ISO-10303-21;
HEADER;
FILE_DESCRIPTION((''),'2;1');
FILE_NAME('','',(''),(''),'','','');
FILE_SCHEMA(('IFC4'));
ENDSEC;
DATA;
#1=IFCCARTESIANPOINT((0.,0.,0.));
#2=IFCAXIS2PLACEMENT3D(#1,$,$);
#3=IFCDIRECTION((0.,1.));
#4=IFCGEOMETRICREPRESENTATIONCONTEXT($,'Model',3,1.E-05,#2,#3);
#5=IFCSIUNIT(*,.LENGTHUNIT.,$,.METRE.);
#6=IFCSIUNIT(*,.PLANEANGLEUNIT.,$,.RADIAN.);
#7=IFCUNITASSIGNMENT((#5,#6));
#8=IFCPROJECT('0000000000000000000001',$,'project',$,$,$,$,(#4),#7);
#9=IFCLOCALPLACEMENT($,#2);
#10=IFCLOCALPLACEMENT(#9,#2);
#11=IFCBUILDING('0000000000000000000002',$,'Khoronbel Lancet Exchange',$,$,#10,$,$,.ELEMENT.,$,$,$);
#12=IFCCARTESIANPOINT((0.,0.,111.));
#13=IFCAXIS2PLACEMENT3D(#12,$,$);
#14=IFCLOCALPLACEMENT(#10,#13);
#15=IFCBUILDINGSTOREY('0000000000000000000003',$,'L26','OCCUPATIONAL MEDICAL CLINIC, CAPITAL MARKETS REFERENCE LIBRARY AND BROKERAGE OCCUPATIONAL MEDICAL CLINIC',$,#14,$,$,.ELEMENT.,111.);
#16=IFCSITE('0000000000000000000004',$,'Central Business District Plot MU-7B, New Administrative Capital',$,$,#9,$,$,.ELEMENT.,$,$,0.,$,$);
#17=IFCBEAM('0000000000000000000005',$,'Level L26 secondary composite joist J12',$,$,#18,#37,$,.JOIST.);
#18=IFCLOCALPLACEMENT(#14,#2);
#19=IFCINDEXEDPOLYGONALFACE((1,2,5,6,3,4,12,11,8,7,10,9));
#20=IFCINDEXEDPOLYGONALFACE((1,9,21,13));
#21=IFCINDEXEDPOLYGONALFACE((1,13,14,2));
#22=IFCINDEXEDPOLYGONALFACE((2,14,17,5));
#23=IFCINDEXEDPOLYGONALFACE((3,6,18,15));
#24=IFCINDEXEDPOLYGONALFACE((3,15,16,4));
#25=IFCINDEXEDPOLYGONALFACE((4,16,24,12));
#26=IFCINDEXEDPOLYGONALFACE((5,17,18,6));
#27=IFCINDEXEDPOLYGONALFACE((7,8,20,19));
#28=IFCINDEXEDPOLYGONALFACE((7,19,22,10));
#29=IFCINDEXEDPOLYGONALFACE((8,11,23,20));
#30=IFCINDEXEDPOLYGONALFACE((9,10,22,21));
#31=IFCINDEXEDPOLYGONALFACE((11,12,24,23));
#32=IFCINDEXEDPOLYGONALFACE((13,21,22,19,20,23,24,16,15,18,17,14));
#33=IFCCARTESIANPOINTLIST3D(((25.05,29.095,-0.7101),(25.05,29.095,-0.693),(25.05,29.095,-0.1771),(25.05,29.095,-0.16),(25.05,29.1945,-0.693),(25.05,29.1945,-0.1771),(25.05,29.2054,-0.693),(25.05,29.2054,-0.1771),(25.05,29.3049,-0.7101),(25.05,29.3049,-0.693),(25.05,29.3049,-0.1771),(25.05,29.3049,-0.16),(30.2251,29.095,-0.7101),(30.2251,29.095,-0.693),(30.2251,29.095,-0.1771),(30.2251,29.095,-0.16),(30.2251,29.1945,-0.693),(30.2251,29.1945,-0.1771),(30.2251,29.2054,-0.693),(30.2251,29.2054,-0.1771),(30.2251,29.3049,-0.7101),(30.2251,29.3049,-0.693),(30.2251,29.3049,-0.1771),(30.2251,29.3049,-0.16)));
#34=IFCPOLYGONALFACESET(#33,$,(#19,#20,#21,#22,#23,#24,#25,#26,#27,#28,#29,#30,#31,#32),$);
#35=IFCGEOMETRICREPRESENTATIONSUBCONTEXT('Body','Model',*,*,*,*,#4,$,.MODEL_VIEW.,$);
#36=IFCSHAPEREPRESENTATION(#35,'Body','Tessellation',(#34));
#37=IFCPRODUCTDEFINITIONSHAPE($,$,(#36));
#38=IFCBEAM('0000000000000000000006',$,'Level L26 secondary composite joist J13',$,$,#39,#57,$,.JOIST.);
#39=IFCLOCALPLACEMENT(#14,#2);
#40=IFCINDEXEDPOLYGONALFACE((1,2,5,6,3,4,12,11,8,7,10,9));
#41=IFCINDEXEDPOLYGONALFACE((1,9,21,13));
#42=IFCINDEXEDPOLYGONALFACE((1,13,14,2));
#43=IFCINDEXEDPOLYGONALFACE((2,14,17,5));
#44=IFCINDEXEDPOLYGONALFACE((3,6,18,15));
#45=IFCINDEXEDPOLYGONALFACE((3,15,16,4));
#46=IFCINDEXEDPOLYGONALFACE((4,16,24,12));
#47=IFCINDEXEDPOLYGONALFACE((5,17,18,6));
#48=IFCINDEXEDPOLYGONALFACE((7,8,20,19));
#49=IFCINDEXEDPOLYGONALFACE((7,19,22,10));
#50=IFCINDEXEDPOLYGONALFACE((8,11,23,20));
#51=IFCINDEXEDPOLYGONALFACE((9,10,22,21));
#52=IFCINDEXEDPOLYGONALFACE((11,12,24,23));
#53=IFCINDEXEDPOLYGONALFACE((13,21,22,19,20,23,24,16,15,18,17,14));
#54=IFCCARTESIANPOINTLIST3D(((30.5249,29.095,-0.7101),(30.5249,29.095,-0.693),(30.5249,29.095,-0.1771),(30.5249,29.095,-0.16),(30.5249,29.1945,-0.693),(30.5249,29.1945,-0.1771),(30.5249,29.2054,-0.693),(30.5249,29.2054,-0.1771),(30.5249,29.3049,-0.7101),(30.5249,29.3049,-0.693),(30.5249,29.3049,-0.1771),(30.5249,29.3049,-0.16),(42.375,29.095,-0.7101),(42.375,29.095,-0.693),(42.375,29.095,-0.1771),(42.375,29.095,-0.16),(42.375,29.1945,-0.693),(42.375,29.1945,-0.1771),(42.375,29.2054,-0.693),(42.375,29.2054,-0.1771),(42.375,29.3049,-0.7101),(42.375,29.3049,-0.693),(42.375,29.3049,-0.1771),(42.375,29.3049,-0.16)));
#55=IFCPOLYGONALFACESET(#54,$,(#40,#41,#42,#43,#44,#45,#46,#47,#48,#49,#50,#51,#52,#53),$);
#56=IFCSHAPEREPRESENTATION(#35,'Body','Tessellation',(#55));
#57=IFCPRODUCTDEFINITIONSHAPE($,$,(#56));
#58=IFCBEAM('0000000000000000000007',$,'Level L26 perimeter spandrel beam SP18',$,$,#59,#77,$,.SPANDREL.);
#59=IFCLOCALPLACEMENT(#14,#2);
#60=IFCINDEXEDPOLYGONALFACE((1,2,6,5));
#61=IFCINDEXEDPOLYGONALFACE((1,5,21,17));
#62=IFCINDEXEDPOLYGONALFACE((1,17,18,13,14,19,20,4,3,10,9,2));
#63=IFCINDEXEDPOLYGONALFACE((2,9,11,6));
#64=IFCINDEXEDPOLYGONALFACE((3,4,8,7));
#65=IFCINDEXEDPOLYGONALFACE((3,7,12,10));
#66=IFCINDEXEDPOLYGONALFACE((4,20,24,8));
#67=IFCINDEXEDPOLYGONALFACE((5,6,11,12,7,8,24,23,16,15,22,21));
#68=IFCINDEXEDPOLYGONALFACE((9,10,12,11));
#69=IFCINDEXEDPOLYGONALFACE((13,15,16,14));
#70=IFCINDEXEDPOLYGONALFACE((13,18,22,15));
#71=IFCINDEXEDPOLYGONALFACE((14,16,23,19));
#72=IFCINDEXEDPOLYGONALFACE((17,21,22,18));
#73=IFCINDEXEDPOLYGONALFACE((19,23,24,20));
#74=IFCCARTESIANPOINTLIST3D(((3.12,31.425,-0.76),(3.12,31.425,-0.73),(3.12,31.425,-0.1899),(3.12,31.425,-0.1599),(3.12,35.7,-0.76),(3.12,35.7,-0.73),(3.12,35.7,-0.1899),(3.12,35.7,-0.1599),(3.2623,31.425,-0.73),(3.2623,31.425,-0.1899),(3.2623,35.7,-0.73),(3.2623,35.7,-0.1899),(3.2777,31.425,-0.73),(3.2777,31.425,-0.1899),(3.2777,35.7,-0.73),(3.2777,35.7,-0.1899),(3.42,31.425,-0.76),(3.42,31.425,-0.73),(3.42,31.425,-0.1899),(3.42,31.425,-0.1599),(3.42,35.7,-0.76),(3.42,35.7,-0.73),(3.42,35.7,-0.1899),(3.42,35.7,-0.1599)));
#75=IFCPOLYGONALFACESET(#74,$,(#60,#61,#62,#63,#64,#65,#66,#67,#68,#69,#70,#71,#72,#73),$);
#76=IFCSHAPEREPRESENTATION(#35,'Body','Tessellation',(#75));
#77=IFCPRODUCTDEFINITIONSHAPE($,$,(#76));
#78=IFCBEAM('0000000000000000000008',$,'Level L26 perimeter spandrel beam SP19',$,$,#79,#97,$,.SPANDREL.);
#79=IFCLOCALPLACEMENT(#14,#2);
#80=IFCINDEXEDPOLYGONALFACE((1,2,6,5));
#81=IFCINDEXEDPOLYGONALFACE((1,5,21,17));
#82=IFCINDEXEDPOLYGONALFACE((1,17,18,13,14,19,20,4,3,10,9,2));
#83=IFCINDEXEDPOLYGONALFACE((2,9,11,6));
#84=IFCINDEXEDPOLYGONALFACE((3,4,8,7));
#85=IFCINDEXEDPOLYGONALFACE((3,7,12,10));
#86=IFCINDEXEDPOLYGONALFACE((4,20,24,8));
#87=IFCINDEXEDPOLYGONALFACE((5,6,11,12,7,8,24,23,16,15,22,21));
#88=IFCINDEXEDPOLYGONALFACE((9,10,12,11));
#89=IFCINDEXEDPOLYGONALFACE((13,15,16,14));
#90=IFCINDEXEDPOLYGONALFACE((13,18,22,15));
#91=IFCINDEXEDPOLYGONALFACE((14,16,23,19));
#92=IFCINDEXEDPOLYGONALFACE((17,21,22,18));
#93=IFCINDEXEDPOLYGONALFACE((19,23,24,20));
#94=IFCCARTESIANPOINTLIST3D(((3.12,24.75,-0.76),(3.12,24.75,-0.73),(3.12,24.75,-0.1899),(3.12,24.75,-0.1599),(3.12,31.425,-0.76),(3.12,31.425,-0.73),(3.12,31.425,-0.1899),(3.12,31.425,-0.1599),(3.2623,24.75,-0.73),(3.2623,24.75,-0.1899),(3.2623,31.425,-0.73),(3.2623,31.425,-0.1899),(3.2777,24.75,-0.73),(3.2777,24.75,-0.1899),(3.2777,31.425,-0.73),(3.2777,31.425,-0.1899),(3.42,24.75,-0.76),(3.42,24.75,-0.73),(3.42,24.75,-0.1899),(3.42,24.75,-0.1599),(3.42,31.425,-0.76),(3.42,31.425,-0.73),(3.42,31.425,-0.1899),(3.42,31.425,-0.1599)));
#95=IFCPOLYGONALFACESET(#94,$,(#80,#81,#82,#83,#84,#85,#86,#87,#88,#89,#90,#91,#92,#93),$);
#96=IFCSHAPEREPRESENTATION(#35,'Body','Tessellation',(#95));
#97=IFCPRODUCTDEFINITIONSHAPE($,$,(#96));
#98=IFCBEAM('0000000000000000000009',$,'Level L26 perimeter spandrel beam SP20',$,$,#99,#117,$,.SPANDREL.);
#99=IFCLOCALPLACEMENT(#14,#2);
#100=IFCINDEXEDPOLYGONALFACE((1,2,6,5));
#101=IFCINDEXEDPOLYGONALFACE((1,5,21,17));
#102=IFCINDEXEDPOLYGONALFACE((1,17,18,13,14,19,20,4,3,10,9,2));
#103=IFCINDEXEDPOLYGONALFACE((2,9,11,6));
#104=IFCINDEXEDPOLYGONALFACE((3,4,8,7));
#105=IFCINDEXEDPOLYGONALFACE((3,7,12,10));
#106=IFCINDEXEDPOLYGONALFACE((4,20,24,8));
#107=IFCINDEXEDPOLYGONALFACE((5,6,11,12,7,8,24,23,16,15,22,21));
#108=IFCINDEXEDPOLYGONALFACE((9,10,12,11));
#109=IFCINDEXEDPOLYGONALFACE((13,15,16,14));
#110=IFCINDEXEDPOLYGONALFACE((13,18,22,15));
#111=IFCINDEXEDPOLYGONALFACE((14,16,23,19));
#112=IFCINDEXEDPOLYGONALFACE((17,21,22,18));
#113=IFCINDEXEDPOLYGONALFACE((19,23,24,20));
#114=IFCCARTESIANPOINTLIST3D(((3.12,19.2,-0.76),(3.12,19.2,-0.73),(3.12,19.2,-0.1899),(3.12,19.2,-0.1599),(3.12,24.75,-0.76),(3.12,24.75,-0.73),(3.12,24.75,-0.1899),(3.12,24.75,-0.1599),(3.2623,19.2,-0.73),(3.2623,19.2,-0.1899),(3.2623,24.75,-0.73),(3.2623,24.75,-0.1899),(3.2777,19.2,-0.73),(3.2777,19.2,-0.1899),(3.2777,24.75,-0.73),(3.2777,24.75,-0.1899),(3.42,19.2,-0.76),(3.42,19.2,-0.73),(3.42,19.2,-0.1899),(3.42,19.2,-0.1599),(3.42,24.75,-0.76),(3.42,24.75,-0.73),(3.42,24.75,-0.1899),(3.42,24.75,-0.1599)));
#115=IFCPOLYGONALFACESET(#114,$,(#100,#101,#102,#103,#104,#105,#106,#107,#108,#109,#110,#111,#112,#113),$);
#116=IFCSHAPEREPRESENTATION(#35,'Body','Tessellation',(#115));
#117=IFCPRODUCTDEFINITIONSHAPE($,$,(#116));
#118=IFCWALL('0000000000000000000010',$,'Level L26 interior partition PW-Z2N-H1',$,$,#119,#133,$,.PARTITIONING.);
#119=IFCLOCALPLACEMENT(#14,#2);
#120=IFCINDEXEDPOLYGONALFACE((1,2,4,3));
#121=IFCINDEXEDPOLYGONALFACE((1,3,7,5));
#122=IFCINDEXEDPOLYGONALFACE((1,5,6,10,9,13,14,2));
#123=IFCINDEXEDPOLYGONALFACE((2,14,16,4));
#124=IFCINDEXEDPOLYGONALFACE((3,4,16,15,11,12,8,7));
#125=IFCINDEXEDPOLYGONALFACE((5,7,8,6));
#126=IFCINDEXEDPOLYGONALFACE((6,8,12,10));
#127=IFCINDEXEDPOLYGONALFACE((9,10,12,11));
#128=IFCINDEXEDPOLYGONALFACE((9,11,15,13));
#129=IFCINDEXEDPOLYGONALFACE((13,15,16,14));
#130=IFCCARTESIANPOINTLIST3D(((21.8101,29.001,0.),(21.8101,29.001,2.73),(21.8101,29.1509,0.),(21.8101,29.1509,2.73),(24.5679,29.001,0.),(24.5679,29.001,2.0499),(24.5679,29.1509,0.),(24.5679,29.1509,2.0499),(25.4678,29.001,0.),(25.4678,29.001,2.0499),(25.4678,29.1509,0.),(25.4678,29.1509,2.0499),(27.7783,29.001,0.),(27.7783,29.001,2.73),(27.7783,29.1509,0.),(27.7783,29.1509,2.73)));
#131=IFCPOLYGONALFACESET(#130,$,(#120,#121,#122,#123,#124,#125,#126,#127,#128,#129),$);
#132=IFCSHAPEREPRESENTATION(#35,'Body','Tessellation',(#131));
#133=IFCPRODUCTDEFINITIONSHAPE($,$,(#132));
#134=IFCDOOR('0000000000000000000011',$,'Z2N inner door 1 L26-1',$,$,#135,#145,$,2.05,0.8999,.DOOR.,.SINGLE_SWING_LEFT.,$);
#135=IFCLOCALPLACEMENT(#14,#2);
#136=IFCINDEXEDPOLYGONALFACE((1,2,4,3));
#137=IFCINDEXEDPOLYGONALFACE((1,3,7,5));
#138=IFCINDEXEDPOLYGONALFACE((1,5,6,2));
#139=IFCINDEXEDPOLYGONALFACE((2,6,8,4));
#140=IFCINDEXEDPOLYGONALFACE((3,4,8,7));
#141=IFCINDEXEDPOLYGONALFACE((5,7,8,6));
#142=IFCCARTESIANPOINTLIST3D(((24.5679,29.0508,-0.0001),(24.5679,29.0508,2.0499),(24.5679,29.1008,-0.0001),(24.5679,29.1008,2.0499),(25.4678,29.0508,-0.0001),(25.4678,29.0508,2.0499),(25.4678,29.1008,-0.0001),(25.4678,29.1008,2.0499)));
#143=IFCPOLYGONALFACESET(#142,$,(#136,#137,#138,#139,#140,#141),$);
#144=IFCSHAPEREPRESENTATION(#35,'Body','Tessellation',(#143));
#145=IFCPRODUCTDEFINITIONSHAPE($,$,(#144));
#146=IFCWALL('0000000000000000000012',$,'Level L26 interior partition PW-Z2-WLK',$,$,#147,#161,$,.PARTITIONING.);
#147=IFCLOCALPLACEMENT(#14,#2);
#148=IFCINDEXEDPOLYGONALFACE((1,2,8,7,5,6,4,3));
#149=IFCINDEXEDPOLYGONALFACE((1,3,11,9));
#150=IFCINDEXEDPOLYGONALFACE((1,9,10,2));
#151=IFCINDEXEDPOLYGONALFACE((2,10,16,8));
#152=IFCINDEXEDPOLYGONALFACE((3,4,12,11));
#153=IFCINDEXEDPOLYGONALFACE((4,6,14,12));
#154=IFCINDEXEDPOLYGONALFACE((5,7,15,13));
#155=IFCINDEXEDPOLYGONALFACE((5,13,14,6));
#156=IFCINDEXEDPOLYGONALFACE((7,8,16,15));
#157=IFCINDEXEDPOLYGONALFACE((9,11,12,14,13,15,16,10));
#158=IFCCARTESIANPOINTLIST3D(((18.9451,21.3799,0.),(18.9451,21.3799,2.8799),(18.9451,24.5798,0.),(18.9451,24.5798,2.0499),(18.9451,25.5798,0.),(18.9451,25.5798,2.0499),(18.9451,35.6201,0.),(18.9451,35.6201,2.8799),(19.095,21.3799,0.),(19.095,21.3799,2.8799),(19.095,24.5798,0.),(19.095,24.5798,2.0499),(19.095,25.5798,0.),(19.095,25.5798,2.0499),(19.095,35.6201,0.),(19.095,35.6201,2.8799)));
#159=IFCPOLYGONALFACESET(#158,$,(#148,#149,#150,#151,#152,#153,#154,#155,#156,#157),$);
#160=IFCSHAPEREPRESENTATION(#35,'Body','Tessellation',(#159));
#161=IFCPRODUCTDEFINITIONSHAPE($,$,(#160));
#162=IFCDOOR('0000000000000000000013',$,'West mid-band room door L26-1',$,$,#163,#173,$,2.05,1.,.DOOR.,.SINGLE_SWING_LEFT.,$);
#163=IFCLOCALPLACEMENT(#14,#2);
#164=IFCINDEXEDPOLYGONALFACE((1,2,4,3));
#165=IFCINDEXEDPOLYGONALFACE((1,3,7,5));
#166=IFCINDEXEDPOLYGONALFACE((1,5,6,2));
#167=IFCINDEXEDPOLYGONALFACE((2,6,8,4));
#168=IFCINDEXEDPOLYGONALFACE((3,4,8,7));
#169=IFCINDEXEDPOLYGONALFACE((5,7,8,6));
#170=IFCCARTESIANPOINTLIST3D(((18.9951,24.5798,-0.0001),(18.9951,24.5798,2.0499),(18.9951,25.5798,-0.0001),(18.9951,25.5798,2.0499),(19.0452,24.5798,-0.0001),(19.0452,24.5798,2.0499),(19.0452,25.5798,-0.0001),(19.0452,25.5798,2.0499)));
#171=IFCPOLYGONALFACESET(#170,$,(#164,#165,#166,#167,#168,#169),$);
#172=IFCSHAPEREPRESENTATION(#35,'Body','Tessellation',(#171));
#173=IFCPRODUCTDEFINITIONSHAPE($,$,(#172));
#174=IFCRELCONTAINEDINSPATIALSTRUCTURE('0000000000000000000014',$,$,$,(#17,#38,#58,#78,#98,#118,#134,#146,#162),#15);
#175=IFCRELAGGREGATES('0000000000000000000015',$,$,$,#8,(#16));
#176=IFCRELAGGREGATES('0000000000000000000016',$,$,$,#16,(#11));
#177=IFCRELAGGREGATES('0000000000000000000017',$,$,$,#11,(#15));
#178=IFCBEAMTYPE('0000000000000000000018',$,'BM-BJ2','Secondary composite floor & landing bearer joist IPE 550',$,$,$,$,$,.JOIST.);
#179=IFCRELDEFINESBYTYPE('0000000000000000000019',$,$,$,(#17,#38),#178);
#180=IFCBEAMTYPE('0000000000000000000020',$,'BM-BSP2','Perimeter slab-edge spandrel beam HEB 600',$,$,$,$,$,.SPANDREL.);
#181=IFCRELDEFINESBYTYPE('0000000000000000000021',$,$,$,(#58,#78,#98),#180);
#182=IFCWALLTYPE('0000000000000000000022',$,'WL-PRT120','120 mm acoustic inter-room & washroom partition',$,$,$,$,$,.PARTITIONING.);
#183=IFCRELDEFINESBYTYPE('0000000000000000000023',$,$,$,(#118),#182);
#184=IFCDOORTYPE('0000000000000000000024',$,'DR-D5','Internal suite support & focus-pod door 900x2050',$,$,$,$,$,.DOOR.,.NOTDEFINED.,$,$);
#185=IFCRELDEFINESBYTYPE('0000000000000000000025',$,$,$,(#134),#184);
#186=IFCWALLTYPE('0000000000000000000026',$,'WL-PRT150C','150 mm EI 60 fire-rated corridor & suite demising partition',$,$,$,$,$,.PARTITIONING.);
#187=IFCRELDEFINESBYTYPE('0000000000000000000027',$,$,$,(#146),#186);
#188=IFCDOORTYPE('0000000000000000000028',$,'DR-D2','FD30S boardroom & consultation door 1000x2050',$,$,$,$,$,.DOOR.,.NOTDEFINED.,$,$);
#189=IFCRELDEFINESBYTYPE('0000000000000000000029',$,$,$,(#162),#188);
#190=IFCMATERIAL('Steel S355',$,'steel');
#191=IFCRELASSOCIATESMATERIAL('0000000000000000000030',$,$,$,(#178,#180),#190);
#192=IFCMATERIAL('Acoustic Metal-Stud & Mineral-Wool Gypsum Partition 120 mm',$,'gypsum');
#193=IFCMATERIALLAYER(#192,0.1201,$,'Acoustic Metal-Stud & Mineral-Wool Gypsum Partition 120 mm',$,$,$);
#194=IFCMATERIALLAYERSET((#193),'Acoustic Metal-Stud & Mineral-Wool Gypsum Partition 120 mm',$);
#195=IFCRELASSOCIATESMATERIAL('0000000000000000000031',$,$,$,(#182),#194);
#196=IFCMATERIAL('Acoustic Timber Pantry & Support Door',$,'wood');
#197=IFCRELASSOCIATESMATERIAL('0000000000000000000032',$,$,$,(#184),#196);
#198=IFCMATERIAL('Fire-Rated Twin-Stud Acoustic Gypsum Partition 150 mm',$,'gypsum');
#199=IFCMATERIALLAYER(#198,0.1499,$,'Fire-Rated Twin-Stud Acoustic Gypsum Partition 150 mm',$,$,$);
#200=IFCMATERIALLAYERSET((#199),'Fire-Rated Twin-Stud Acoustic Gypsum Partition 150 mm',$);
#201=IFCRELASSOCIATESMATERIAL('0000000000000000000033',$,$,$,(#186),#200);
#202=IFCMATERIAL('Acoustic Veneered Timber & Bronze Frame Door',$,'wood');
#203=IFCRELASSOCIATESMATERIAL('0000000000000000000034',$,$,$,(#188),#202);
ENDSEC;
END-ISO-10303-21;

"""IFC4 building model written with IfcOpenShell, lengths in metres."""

from ifc_helpers import new_model, si_unit, direction, frame, frame_2d, origin, origin_2d, place, context, subcontext, project, spatial, rectangle, i_section, extrude, material, layer, layer_set, material_profile, profile_set, type_object, element, fill, save


model = new_model("IFC4")

# Units and contexts
model_context = context("Model", 3, precision=1e-05, world=origin(), true_north=direction((0.0, 1.0)))
body_context = subcontext(model_context, "Body", "Model", "MODEL_VIEW")
ifc_project = project(units=[si_unit("LENGTHUNIT", "METRE"), si_unit("PLANEANGLEUNIT", "RADIAN")], contexts=[model_context])

# Site, building, storey
site_placement = place(None, origin())
site = spatial("IfcSite", under=ifc_project, at=site_placement, Name="Central Business District Plot MU-7B, New Administrative Capital", CompositionType="ELEMENT", RefElevation=0.0)
building_placement = place(site_placement, origin())
building = spatial("IfcBuilding", under=site, at=building_placement, Name="Khoronbel Lancet Exchange", CompositionType="ELEMENT")
storey_placement = place(building_placement, frame((0.0, 0.0, 111.0)))
storey = spatial("IfcBuildingStorey", under=building, at=storey_placement, Name="L26", Description="OCCUPATIONAL MEDICAL CLINIC, CAPITAL MARKETS REFERENCE LIBRARY AND BROKERAGE OCCUPATIONAL MEDICAL CLINIC", CompositionType="ELEMENT", Elevation=111.0)

# Shared definitions
ifc_material_1 = material(Name="Steel S355", Category="steel")

# Beams
ifc_material_profile_1 = material_profile(ifc_material_1, i_section(OverallWidth=0.21, OverallDepth=0.55, WebThickness=0.011, FlangeThickness=0.0171, at=origin_2d()), Name="IPE 550")
ifc_profile_set_1 = profile_set([ifc_material_profile_1], Name="Steel S355")
beam_type_1 = type_object("IfcBeamType", Name="BM-BJ2", Description="Secondary composite floor & landing bearer joist IPE 550", PredefinedType="JOIST", material=ifc_profile_set_1)
beam_1_placement = place(storey_placement, frame((25.05, 29.2, -0.4351), z_axis=(1.0, 0.0, 0.0), x_axis=(0.0, 1.0, 0.0)))
element("IfcBeam", 1, at=beam_1_placement, inside=storey, type_object=beam_type_1, Name="Level L26 secondary composite joist J12", PredefinedType="JOIST", context=body_context, shape_type="SweptSolid", body=[
    extrude(i_section(OverallWidth=0.21, OverallDepth=0.55, WebThickness=0.011, FlangeThickness=0.0171, at=origin_2d()), origin(), (0.0, 0.0, 1.0), 5.175),
])
beam_2_placement = place(storey_placement, frame((30.5249, 29.2, -0.4351), z_axis=(1.0, 0.0, 0.0), x_axis=(0.0, 1.0, 0.0)))
element("IfcBeam", 2, at=beam_2_placement, inside=storey, type_object=beam_type_1, Name="Level L26 secondary composite joist J13", PredefinedType="JOIST", context=body_context, shape_type="SweptSolid", body=[
    extrude(i_section(OverallWidth=0.21, OverallDepth=0.55, WebThickness=0.011, FlangeThickness=0.0171, at=origin_2d()), origin(), (0.0, 0.0, 1.0), 11.8501),
])
ifc_material_profile_2 = material_profile(ifc_material_1, i_section(OverallWidth=0.3, OverallDepth=0.6001, WebThickness=0.0154, FlangeThickness=0.03, at=origin_2d()), Name="HEB 600")
ifc_profile_set_2 = profile_set([ifc_material_profile_2], Name="Steel S355")
beam_type_2 = type_object("IfcBeamType", Name="BM-BSP2", Description="Perimeter slab-edge spandrel beam HEB 600", PredefinedType="SPANDREL", material=ifc_profile_set_2)
beam_3_placement = place(storey_placement, frame((3.27, 35.7, -0.46), z_axis=(0.0, -1.0, 0.0), x_axis=(1.0, 0.0, 0.0)))
element("IfcBeam", 3, at=beam_3_placement, inside=storey, type_object=beam_type_2, Name="Level L26 perimeter spandrel beam SP18", PredefinedType="SPANDREL", context=body_context, shape_type="SweptSolid", body=[
    extrude(i_section(OverallWidth=0.3, OverallDepth=0.6001, WebThickness=0.0154, FlangeThickness=0.03, at=origin_2d()), origin(), (0.0, 0.0, 1.0), 4.2749),
])
beam_4_placement = place(storey_placement, frame((3.27, 31.425, -0.46), z_axis=(0.0, -1.0, 0.0), x_axis=(1.0, 0.0, 0.0)))
element("IfcBeam", 4, at=beam_4_placement, inside=storey, type_object=beam_type_2, Name="Level L26 perimeter spandrel beam SP19", PredefinedType="SPANDREL", context=body_context, shape_type="SweptSolid", body=[
    extrude(i_section(OverallWidth=0.3, OverallDepth=0.6001, WebThickness=0.0154, FlangeThickness=0.03, at=origin_2d()), origin(), (0.0, 0.0, 1.0), 6.675),
])
beam_5_placement = place(storey_placement, frame((3.27, 24.75, -0.46), z_axis=(0.0, -1.0, 0.0), x_axis=(1.0, 0.0, 0.0)))
element("IfcBeam", 5, at=beam_5_placement, inside=storey, type_object=beam_type_2, Name="Level L26 perimeter spandrel beam SP20", PredefinedType="SPANDREL", context=body_context, shape_type="SweptSolid", body=[
    extrude(i_section(OverallWidth=0.3, OverallDepth=0.6001, WebThickness=0.0154, FlangeThickness=0.03, at=origin_2d()), origin(), (0.0, 0.0, 1.0), 5.55),
])

# Walls, openings, doors
ifc_material_2 = material(Name="Acoustic Metal-Stud & Mineral-Wool Gypsum Partition 120 mm", Category="gypsum")
ifc_layer_1 = layer(ifc_material_2, 0.1201, Name="Acoustic Metal-Stud & Mineral-Wool Gypsum Partition 120 mm")
ifc_layer_set_1 = layer_set([ifc_layer_1], Name="Acoustic Metal-Stud & Mineral-Wool Gypsum Partition 120 mm")
wall_type_1 = type_object("IfcWallType", Name="WL-PRT120", Description="120 mm acoustic inter-room & washroom partition", PredefinedType="PARTITIONING", material=ifc_layer_set_1)
wall_1_placement = place(storey_placement, frame((21.8101, 29.0759, 0.0), z_axis=(0.0, 0.0, 1.0), x_axis=(1.0, 0.0, 0.0)))
wall_1 = element("IfcWall", 6, at=wall_1_placement, inside=storey, type_object=wall_type_1, Name="Level L26 interior partition PW-Z2N-H1", PredefinedType="PARTITIONING", context=body_context, shape_type="SweptSolid", body=[
    extrude(rectangle(XDim=5.9683, YDim=0.1499, at=frame_2d((2.9841, 0.0))), origin(), (0.0, 0.0, 1.0), 2.73),
])
opening_1_placement = place(wall_1_placement, frame((2.7578, 0.0, 0.0)))
opening_1 = element("IfcOpeningElement", 7, at=opening_1_placement, cuts=wall_1, PredefinedType="OPENING", context=body_context, shape_type="SweptSolid", body=[
    extrude(rectangle(XDim=0.8999, YDim=2.05, at=frame_2d((0.45, 1.0249))), frame((0.0, 0.085, 0.0), z_axis=(0.0, -1.0, 0.0), x_axis=(1.0, 0.0, 0.0)), (0.0, 0.0, 1.0), 0.1699),
])
ifc_material_3 = material(Name="Acoustic Timber Pantry & Support Door", Category="wood")
door_type_1 = type_object("IfcDoorType", Name="DR-D5", Description="Internal suite support & focus-pod door 900x2050", OperationType="NOTDEFINED", PredefinedType="DOOR", material=ifc_material_3)
door_1_placement = place(opening_1_placement, origin())
door_1 = element("IfcDoor", 8, at=door_1_placement, inside=storey, type_object=door_type_1, Name="Z2N inner door 1 L26-1", OperationType="SINGLE_SWING_LEFT", OverallHeight=2.05, OverallWidth=0.8999, PredefinedType="DOOR", context=body_context, shape_type="SweptSolid", body=[
    extrude(rectangle(XDim=0.8999, YDim=2.05, at=frame_2d((0.45, 1.0249))), frame((0.0, 0.0249, 0.0), z_axis=(0.0, -1.0, 0.0), x_axis=(1.0, 0.0, 0.0)), (0.0, 0.0, 1.0), 0.05),
])
fill(opening_1, door_1)
ifc_material_4 = material(Name="Fire-Rated Twin-Stud Acoustic Gypsum Partition 150 mm", Category="gypsum")
ifc_layer_2 = layer(ifc_material_4, 0.1499, Name="Fire-Rated Twin-Stud Acoustic Gypsum Partition 150 mm")
ifc_layer_set_2 = layer_set([ifc_layer_2], Name="Fire-Rated Twin-Stud Acoustic Gypsum Partition 150 mm")
wall_type_2 = type_object("IfcWallType", Name="WL-PRT150C", Description="150 mm EI 60 fire-rated corridor & suite demising partition", PredefinedType="PARTITIONING", material=ifc_layer_set_2)
wall_2_placement = place(storey_placement, frame((19.02, 21.3799, 0.0), z_axis=(0.0, 0.0, 1.0), x_axis=(0.0, 1.0, 0.0)))
wall_2 = element("IfcWall", 9, at=wall_2_placement, inside=storey, type_object=wall_type_2, Name="Level L26 interior partition PW-Z2-WLK", PredefinedType="PARTITIONING", context=body_context, shape_type="SweptSolid", body=[
    extrude(rectangle(XDim=14.2402, YDim=0.1499, at=frame_2d((7.1201, 0.0))), origin(), (0.0, 0.0, 1.0), 2.8799),
])
opening_2_placement = place(wall_2_placement, frame((3.2, 0.0, 0.0)))
opening_2 = element("IfcOpeningElement", 10, at=opening_2_placement, cuts=wall_2, PredefinedType="OPENING", context=body_context, shape_type="SweptSolid", body=[
    extrude(rectangle(XDim=1.0, YDim=2.05, at=frame_2d((0.5, 1.0249))), frame((0.0, 0.085, 0.0), z_axis=(0.0, -1.0, 0.0), x_axis=(1.0, 0.0, 0.0)), (0.0, 0.0, 1.0), 0.1699),
])
ifc_material_5 = material(Name="Acoustic Veneered Timber & Bronze Frame Door", Category="wood")
door_type_2 = type_object("IfcDoorType", Name="DR-D2", Description="FD30S boardroom & consultation door 1000x2050", OperationType="NOTDEFINED", PredefinedType="DOOR", material=ifc_material_5)
door_2_placement = place(opening_2_placement, origin())
door_2 = element("IfcDoor", 11, at=door_2_placement, inside=storey, type_object=door_type_2, Name="West mid-band room door L26-1", OperationType="SINGLE_SWING_LEFT", OverallHeight=2.05, OverallWidth=1.0, PredefinedType="DOOR", context=body_context, shape_type="SweptSolid", body=[
    extrude(rectangle(XDim=1.0, YDim=2.05, at=frame_2d((0.5, 1.0249))), frame((0.0, 0.0249, 0.0), z_axis=(0.0, -1.0, 0.0), x_axis=(1.0, 0.0, 0.0)), (0.0, 0.0, 1.0), 0.05),
])
fill(opening_2, door_2)

save(model, "model.ifc")
